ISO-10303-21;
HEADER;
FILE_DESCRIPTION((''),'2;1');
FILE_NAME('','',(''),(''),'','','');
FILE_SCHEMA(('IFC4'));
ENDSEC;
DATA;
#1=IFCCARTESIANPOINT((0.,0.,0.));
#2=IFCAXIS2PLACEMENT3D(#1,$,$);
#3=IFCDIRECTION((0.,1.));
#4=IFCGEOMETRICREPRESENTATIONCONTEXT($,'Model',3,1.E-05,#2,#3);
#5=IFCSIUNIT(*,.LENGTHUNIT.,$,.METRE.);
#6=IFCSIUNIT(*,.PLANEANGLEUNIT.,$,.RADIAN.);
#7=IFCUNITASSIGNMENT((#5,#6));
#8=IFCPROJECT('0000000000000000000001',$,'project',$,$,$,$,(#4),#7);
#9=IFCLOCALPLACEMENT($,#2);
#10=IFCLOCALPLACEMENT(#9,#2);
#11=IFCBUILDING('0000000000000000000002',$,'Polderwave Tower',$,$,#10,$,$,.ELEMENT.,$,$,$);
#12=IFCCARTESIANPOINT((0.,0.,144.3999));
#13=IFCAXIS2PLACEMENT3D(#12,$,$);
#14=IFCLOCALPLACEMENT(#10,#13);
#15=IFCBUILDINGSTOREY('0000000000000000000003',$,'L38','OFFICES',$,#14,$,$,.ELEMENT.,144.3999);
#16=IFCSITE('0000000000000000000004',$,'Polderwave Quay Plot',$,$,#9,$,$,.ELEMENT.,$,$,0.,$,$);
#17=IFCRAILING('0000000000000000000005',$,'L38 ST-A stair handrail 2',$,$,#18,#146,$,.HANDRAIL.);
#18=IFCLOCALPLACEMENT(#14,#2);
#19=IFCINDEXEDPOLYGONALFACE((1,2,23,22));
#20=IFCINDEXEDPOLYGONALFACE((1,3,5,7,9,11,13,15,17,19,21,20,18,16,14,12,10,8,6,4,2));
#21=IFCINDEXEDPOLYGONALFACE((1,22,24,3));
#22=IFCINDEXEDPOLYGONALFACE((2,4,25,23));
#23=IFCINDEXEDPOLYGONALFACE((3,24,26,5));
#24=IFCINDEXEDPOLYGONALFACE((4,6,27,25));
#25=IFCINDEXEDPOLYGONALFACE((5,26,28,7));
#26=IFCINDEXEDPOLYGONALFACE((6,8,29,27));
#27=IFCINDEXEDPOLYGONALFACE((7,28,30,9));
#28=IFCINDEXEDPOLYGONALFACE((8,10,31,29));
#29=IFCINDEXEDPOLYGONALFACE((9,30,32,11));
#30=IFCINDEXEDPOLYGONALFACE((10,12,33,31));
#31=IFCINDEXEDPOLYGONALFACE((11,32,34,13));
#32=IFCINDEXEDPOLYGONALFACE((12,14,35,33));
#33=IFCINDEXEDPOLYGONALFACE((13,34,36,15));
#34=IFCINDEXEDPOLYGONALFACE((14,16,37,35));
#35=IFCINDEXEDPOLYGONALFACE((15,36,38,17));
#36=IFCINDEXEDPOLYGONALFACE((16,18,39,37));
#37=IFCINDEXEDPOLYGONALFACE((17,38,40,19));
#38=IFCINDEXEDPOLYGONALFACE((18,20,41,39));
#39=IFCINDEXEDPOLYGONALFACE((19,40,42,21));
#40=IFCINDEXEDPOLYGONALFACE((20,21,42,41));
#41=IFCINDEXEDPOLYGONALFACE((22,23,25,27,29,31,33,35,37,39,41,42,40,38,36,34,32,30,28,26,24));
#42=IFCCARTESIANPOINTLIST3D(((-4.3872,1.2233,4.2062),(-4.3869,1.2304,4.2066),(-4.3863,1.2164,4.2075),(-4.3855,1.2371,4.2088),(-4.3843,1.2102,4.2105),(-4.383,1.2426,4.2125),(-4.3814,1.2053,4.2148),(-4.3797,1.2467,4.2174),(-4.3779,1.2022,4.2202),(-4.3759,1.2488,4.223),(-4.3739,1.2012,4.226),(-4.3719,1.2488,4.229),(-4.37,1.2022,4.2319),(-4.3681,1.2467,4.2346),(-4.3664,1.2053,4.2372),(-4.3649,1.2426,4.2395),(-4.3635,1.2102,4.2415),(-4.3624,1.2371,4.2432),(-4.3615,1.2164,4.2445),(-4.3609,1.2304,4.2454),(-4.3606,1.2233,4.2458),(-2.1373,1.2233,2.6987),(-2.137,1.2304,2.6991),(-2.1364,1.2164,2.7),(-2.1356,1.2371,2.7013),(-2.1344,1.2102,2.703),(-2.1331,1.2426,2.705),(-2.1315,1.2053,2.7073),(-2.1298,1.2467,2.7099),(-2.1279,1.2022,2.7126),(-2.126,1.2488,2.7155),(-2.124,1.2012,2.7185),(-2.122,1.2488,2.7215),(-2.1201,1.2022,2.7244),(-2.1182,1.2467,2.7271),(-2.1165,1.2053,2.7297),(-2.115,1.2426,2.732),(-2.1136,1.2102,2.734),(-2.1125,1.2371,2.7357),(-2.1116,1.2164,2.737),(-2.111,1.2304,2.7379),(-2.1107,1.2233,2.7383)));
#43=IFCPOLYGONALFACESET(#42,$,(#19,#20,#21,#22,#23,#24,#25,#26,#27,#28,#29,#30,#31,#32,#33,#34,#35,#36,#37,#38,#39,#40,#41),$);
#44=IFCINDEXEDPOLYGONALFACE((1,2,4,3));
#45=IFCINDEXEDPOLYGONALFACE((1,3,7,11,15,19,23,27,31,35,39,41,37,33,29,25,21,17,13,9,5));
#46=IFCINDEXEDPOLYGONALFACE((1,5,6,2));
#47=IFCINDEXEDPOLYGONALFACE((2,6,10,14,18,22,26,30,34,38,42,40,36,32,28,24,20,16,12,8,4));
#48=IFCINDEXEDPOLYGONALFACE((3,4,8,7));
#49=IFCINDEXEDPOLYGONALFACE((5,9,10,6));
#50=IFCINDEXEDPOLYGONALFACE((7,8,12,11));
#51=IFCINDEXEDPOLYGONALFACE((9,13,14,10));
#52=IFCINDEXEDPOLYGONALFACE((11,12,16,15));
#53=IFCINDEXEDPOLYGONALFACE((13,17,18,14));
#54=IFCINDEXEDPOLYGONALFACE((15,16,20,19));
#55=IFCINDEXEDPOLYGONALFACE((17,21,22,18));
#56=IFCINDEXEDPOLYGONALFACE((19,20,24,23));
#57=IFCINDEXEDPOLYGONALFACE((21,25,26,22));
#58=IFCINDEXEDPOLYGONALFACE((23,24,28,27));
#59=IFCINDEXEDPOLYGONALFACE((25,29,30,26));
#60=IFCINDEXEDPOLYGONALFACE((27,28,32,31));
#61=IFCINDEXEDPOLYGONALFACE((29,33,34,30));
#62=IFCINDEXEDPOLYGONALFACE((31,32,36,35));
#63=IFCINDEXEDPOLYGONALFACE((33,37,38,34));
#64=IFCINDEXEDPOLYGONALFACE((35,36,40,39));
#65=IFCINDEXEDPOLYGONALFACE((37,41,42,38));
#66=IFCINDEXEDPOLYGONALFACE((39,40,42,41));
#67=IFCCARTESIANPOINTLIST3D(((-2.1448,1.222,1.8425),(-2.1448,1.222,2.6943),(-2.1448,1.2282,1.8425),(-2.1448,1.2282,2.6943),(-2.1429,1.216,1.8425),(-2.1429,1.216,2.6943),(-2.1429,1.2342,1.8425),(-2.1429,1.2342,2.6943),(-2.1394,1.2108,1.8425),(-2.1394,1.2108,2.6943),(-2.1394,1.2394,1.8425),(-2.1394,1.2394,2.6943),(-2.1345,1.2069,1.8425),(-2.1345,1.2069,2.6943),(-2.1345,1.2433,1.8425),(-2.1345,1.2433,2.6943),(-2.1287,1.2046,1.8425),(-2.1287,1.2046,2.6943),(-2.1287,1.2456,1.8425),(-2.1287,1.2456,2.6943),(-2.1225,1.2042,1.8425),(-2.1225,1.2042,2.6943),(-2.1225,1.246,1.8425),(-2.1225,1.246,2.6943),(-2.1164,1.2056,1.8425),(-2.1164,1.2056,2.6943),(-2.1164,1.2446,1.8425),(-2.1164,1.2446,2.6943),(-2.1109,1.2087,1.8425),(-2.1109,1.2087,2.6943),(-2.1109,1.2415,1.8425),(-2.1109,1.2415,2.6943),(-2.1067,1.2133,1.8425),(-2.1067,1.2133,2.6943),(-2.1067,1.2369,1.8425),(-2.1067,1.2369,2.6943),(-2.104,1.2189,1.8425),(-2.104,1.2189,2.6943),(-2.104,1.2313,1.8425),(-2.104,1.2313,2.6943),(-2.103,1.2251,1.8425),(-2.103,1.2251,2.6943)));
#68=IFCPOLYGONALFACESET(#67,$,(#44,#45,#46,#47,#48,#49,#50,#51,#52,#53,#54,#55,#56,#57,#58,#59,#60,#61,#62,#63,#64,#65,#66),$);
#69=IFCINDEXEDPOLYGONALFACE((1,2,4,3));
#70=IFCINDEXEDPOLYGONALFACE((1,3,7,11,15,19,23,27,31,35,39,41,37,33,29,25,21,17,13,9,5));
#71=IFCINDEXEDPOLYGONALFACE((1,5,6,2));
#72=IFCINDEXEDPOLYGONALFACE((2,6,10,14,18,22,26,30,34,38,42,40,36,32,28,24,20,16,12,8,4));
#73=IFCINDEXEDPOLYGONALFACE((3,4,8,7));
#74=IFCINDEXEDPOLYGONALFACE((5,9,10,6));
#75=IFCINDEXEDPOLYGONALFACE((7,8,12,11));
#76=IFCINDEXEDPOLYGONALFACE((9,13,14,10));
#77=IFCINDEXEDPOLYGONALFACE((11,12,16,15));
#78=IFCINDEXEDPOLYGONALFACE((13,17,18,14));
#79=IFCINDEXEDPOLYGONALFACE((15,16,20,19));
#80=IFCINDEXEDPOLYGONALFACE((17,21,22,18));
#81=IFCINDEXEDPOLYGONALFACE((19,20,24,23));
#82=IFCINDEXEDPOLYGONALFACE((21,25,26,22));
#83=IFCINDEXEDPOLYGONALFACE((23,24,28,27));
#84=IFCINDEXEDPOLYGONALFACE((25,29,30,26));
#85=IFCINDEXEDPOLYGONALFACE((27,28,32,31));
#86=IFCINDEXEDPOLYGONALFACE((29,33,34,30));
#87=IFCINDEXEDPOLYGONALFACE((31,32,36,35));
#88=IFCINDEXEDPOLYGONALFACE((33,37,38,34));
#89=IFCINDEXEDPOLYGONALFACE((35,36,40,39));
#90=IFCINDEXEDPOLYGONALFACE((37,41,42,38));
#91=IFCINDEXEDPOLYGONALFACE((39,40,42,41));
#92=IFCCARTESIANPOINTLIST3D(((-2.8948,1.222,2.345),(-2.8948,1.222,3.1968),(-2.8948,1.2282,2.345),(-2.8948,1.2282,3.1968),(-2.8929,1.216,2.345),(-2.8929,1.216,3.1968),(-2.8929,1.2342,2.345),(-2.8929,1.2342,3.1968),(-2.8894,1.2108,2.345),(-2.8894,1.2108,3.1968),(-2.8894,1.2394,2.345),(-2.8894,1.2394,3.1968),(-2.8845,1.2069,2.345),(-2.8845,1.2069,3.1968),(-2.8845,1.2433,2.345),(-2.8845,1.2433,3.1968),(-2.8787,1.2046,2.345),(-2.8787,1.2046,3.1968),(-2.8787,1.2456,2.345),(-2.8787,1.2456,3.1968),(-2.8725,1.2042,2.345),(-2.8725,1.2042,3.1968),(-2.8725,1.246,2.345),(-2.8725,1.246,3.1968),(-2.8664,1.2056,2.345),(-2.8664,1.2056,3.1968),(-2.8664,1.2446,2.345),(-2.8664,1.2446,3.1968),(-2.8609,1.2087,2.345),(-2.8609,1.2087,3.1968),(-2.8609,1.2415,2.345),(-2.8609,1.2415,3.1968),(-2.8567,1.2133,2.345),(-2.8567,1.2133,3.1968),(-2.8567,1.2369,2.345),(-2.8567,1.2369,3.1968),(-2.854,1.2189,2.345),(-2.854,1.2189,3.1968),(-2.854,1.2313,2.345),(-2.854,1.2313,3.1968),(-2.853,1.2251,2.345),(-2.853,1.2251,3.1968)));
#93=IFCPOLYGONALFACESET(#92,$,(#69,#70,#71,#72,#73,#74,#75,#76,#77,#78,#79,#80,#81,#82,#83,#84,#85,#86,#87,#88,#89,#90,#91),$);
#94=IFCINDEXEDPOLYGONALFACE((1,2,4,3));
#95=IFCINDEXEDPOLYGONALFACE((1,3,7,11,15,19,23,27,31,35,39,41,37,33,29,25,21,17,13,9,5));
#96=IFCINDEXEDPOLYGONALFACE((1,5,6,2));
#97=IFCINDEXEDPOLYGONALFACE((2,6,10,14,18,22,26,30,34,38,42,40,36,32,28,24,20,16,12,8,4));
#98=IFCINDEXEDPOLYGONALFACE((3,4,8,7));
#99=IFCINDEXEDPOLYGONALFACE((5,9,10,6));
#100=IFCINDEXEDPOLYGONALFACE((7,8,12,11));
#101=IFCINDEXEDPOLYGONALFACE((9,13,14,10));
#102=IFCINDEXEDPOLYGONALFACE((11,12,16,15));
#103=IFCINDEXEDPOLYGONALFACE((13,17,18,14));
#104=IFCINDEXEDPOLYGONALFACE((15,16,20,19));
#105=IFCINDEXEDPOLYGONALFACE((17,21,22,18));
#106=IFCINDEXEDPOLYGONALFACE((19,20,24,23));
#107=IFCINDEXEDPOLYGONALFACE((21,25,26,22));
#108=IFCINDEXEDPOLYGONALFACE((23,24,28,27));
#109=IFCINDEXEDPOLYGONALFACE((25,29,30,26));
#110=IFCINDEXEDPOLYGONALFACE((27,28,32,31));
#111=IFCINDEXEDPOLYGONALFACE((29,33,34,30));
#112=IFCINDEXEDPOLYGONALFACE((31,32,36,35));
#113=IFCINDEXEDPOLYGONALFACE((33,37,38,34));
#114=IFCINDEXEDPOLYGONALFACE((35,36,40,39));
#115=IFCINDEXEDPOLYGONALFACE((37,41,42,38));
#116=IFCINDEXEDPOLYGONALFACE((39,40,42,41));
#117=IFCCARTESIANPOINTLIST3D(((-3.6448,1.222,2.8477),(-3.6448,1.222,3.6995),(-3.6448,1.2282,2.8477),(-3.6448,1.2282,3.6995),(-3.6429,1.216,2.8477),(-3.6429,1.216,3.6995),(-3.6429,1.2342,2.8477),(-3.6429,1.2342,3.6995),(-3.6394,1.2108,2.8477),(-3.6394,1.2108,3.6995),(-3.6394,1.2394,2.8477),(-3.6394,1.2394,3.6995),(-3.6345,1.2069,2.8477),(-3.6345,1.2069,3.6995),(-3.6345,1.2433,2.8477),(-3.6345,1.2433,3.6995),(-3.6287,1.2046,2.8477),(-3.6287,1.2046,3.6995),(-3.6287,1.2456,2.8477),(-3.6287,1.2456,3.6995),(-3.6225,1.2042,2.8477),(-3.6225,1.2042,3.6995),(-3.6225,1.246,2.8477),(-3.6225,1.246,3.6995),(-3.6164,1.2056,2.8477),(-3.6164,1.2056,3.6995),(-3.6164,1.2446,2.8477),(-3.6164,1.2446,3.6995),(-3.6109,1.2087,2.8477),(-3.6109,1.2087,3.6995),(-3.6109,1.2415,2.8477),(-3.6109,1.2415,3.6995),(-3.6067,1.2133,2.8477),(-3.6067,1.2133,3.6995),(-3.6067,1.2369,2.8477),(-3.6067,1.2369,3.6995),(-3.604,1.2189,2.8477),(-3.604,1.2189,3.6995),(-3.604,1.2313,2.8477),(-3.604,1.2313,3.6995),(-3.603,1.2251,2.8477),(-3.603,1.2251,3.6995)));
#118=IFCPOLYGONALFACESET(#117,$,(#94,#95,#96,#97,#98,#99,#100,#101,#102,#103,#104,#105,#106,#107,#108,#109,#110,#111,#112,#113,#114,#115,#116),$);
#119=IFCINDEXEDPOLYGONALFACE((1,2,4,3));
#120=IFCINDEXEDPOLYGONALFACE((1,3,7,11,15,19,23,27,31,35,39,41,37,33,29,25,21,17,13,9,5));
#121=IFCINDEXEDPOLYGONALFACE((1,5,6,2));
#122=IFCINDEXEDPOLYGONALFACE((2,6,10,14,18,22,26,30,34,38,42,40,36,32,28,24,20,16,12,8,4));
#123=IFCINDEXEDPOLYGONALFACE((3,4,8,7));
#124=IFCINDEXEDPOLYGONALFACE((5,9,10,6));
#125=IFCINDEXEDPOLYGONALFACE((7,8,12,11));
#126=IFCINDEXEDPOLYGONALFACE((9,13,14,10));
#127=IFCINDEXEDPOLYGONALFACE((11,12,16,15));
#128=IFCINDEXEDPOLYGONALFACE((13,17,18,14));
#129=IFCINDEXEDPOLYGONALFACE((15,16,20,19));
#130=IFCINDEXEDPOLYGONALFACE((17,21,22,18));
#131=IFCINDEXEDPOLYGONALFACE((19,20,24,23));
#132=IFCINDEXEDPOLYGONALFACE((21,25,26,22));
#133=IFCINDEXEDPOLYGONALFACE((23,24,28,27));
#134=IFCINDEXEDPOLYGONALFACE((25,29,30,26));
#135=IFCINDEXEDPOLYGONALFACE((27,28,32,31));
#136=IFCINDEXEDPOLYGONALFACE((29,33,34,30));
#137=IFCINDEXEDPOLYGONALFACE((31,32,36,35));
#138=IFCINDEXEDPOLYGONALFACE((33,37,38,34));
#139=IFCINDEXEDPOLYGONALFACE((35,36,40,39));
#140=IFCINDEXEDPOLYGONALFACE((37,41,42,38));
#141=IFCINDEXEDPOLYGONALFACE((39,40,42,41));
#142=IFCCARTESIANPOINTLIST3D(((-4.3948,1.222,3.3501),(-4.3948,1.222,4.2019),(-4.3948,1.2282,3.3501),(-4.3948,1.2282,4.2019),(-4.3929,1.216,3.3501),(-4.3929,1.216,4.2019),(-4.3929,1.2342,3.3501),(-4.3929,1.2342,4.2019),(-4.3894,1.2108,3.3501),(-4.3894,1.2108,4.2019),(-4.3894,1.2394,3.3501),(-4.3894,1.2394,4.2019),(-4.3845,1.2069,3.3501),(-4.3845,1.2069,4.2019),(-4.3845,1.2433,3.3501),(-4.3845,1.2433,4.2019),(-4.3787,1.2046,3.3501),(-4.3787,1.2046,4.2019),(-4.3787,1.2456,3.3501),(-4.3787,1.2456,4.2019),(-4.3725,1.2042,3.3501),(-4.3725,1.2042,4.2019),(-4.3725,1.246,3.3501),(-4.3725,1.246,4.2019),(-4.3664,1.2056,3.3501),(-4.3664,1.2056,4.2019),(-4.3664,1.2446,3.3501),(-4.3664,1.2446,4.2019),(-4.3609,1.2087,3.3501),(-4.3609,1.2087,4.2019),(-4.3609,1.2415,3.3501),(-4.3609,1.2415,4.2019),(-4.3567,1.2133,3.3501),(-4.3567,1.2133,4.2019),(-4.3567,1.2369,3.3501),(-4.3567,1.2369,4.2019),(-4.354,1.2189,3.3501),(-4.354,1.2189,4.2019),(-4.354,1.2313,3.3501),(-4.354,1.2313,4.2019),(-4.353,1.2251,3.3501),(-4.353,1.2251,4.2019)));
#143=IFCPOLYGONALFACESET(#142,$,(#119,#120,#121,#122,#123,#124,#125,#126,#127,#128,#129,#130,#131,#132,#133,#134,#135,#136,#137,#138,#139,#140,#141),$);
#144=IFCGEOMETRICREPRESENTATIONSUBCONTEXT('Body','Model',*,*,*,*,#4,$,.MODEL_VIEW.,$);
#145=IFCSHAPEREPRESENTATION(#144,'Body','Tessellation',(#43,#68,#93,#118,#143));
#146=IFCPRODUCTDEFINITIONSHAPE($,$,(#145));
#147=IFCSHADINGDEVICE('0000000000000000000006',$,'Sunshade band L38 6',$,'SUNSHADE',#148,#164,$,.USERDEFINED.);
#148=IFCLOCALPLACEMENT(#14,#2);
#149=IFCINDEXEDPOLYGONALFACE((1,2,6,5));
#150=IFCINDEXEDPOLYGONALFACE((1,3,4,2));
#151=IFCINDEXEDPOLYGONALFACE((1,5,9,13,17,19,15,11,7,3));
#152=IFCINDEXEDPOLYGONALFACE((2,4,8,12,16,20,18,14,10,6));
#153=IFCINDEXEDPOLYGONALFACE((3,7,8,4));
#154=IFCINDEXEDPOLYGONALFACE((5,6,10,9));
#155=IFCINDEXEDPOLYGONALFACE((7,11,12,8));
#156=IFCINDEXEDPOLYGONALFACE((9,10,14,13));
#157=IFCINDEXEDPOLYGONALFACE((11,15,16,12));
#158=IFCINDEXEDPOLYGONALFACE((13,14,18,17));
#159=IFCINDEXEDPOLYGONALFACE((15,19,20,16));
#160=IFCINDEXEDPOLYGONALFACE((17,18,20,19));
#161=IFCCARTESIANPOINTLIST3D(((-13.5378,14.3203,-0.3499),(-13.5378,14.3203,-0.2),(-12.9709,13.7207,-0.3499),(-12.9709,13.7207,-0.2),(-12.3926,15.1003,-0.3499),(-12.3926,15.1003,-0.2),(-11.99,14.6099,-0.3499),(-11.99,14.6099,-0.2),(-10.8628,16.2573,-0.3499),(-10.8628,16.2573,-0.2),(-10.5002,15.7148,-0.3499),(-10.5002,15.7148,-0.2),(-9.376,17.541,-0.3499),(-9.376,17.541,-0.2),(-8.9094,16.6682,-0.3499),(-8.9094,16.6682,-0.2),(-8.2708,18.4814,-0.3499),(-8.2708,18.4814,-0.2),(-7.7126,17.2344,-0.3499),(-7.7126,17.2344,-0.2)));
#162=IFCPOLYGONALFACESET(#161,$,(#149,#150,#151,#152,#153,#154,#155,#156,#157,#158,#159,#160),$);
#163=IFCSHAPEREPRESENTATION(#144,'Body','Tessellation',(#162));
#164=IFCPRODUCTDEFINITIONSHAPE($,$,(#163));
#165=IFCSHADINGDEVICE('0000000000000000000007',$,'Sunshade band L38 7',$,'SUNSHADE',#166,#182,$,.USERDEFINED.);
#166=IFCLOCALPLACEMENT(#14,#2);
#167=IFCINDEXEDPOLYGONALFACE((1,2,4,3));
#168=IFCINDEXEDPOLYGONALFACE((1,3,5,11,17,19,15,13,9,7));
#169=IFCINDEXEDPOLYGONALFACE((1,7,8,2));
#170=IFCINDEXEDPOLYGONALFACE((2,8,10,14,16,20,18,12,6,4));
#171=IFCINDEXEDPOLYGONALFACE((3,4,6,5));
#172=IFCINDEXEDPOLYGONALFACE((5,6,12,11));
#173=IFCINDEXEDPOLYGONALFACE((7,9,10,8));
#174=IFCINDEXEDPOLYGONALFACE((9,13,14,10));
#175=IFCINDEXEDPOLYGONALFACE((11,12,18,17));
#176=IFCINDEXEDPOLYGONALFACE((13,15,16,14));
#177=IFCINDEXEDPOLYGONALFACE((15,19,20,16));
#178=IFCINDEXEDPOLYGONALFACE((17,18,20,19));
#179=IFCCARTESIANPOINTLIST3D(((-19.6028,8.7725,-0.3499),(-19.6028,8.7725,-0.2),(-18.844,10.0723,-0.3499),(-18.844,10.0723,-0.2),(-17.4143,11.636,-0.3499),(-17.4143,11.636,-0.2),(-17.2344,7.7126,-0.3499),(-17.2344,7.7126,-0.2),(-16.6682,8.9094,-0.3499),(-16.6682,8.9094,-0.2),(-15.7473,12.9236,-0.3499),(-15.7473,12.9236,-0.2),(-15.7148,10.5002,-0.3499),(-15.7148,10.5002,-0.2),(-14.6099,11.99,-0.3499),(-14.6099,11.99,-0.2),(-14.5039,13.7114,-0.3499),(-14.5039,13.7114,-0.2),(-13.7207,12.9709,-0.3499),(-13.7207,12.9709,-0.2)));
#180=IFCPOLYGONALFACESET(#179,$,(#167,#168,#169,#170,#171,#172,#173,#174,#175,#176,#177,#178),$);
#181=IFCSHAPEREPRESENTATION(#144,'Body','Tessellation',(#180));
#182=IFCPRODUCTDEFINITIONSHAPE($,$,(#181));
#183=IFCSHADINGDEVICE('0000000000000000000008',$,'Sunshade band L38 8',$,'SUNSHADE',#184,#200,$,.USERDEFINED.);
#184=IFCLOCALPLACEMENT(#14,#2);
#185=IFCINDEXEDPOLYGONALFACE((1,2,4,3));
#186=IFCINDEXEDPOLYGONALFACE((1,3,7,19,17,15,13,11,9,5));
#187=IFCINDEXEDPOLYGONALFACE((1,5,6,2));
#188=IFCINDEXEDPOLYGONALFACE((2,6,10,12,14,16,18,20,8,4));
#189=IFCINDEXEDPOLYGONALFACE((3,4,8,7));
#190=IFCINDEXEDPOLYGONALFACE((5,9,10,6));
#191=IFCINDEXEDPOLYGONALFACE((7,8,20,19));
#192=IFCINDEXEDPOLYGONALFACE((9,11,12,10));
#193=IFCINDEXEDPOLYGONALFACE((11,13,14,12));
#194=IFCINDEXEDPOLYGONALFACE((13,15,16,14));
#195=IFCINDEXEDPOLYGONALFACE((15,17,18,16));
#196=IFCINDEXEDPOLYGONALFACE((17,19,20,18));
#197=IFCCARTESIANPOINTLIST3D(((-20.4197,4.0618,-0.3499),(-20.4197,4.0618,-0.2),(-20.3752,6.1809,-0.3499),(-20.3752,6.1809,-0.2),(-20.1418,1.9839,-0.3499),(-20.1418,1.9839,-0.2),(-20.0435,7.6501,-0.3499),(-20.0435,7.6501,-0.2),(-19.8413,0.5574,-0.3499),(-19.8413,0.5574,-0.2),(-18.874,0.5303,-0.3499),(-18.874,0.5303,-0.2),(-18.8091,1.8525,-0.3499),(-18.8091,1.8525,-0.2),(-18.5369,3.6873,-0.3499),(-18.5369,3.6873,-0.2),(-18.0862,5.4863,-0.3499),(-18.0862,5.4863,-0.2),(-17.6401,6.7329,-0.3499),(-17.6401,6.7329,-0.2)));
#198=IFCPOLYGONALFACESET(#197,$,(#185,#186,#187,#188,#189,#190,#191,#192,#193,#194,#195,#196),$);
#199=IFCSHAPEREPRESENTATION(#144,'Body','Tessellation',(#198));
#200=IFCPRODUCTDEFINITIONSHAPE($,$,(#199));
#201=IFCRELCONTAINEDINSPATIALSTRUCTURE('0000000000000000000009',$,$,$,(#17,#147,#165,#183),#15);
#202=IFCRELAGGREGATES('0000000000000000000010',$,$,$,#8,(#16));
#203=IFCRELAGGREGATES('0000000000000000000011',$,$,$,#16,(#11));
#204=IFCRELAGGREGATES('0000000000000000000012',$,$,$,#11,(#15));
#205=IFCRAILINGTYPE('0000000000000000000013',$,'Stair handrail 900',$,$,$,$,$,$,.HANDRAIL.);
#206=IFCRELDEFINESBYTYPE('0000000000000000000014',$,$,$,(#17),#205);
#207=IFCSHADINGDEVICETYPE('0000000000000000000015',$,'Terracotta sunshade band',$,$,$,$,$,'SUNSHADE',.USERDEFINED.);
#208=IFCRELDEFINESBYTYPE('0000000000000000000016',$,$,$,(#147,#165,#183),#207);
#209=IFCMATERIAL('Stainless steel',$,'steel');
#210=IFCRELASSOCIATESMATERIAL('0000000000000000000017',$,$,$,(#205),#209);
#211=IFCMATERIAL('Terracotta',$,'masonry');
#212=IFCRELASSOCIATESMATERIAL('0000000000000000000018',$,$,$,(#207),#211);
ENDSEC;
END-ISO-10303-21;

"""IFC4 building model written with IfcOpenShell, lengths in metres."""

from ifc_helpers import new_model, si_unit, direction, frame, origin, origin_2d, place, context, subcontext, project, spatial, polyline, circle, outline, extrude, material, type_object, element, save


model = new_model("IFC4")

# Units and contexts
model_context = context("Model", 3, precision=1e-05, world=origin(), true_north=direction((0.0, 1.0)))
body_context = subcontext(model_context, "Body", "Model", "MODEL_VIEW")
ifc_project = project(units=[si_unit("LENGTHUNIT", "METRE"), si_unit("PLANEANGLEUNIT", "RADIAN")], contexts=[model_context])

# Site, building, storey
site_placement = place(None, origin())
site = spatial("IfcSite", under=ifc_project, at=site_placement, Name="Polderwave Quay Plot", CompositionType="ELEMENT", RefElevation=0.0)
building_placement = place(site_placement, origin())
building = spatial("IfcBuilding", under=site, at=building_placement, Name="Polderwave Tower", CompositionType="ELEMENT")
storey_placement = place(building_placement, frame((0.0, 0.0, 144.3999)))
storey = spatial("IfcBuildingStorey", under=building, at=storey_placement, Name="L38", Description="OFFICES", CompositionType="ELEMENT", Elevation=144.3999)

# Shared definitions
ifc_material_1 = material(Name="Stainless steel", Category="steel")

# Railing
railing_type_1 = type_object("IfcRailingType", Name="Stair handrail 900", PredefinedType="HANDRAIL", material=ifc_material_1)
railing_1_placement = place(storey_placement, frame((-2.124, 1.2251, 1.8425)))
element("IfcRailing", 1, at=railing_1_placement, inside=storey, type_object=railing_type_1, Name="L38 ST-A stair handrail 2", PredefinedType="HANDRAIL", context=body_context, shape_type="SweptSolid", body=[
    extrude(circle(Radius=0.0239, at=origin_2d()), frame((0.0, 0.0, 0.876), z_axis=(-0.830758, 0.0, 0.556633), x_axis=(0.0, -1.0, 0.0)), (0.0, 0.0, 1.0), 2.7083),
    extrude(circle(Radius=0.021, at=origin_2d()), origin(), (0.0, 0.0, 1.0), 0.8518),
    extrude(circle(Radius=0.021, at=origin_2d()), frame((-0.75, 0.0, 0.5024)), (0.0, 0.0, 1.0), 0.8518),
    extrude(circle(Radius=0.021, at=origin_2d()), frame((-1.5, 0.0, 1.0051)), (0.0, 0.0, 1.0), 0.8518),
    extrude(circle(Radius=0.021, at=origin_2d()), frame((-2.25, 0.0, 1.5076)), (0.0, 0.0, 1.0), 0.8518),
])

# Shading devices
ifc_material_2 = material(Name="Terracotta", Category="masonry")
shading_device_type = type_object("IfcShadingDeviceType", Name="Terracotta sunshade band", ElementType="SUNSHADE", PredefinedType="USERDEFINED", material=ifc_material_2)
shading_device_1_placement = place(storey_placement, frame((0.0, 0.0, -0.3499)))
element("IfcShadingDevice", 2, at=shading_device_1_placement, inside=storey, type_object=shading_device_type, Name="Sunshade band L38 6", ObjectType="SUNSHADE", PredefinedType="USERDEFINED", context=body_context, shape_type="SweptSolid", body=[
    extrude(outline(polyline([(-7.7126, 17.2344), (-8.9094, 16.6682), (-10.5002, 15.7148), (-11.99, 14.6099), (-12.9709, 13.7207), (-13.5378, 14.3203), (-12.3926, 15.1003), (-10.8628, 16.2573), (-9.376, 17.541), (-8.2708, 18.4814), (-7.7126, 17.2344)])), origin(), (0.0, 0.0, 1.0), 0.1499),
])
shading_device_2_placement = place(storey_placement, frame((0.0, 0.0, -0.3499)))
element("IfcShadingDevice", 3, at=shading_device_2_placement, inside=storey, type_object=shading_device_type, Name="Sunshade band L38 7", ObjectType="SUNSHADE", PredefinedType="USERDEFINED", context=body_context, shape_type="SweptSolid", body=[
    extrude(outline(polyline([(-13.7207, 12.9709), (-14.6099, 11.99), (-15.7148, 10.5002), (-16.6682, 8.9094), (-17.2344, 7.7126), (-19.6028, 8.7725), (-18.844, 10.0723), (-17.4143, 11.636), (-15.7473, 12.9236), (-14.5039, 13.7114), (-13.7207, 12.9709)])), origin(), (0.0, 0.0, 1.0), 0.1499),
])
shading_device_3_placement = place(storey_placement, frame((0.0, 0.0, -0.3499)))
element("IfcShadingDevice", 4, at=shading_device_3_placement, inside=storey, type_object=shading_device_type, Name="Sunshade band L38 8", ObjectType="SUNSHADE", PredefinedType="USERDEFINED", context=body_context, shape_type="SweptSolid", body=[
    extrude(outline(polyline([(-17.6401, 6.7329), (-18.0862, 5.4863), (-18.5369, 3.6873), (-18.8091, 1.8525), (-18.874, 0.5303), (-19.8413, 0.5574), (-20.1418, 1.9839), (-20.4197, 4.0618), (-20.3752, 6.1809), (-20.0435, 7.6501), (-17.6401, 6.7329)])), origin(), (0.0, 0.0, 1.0), 0.1499),
])

save(model, "model.ifc")
